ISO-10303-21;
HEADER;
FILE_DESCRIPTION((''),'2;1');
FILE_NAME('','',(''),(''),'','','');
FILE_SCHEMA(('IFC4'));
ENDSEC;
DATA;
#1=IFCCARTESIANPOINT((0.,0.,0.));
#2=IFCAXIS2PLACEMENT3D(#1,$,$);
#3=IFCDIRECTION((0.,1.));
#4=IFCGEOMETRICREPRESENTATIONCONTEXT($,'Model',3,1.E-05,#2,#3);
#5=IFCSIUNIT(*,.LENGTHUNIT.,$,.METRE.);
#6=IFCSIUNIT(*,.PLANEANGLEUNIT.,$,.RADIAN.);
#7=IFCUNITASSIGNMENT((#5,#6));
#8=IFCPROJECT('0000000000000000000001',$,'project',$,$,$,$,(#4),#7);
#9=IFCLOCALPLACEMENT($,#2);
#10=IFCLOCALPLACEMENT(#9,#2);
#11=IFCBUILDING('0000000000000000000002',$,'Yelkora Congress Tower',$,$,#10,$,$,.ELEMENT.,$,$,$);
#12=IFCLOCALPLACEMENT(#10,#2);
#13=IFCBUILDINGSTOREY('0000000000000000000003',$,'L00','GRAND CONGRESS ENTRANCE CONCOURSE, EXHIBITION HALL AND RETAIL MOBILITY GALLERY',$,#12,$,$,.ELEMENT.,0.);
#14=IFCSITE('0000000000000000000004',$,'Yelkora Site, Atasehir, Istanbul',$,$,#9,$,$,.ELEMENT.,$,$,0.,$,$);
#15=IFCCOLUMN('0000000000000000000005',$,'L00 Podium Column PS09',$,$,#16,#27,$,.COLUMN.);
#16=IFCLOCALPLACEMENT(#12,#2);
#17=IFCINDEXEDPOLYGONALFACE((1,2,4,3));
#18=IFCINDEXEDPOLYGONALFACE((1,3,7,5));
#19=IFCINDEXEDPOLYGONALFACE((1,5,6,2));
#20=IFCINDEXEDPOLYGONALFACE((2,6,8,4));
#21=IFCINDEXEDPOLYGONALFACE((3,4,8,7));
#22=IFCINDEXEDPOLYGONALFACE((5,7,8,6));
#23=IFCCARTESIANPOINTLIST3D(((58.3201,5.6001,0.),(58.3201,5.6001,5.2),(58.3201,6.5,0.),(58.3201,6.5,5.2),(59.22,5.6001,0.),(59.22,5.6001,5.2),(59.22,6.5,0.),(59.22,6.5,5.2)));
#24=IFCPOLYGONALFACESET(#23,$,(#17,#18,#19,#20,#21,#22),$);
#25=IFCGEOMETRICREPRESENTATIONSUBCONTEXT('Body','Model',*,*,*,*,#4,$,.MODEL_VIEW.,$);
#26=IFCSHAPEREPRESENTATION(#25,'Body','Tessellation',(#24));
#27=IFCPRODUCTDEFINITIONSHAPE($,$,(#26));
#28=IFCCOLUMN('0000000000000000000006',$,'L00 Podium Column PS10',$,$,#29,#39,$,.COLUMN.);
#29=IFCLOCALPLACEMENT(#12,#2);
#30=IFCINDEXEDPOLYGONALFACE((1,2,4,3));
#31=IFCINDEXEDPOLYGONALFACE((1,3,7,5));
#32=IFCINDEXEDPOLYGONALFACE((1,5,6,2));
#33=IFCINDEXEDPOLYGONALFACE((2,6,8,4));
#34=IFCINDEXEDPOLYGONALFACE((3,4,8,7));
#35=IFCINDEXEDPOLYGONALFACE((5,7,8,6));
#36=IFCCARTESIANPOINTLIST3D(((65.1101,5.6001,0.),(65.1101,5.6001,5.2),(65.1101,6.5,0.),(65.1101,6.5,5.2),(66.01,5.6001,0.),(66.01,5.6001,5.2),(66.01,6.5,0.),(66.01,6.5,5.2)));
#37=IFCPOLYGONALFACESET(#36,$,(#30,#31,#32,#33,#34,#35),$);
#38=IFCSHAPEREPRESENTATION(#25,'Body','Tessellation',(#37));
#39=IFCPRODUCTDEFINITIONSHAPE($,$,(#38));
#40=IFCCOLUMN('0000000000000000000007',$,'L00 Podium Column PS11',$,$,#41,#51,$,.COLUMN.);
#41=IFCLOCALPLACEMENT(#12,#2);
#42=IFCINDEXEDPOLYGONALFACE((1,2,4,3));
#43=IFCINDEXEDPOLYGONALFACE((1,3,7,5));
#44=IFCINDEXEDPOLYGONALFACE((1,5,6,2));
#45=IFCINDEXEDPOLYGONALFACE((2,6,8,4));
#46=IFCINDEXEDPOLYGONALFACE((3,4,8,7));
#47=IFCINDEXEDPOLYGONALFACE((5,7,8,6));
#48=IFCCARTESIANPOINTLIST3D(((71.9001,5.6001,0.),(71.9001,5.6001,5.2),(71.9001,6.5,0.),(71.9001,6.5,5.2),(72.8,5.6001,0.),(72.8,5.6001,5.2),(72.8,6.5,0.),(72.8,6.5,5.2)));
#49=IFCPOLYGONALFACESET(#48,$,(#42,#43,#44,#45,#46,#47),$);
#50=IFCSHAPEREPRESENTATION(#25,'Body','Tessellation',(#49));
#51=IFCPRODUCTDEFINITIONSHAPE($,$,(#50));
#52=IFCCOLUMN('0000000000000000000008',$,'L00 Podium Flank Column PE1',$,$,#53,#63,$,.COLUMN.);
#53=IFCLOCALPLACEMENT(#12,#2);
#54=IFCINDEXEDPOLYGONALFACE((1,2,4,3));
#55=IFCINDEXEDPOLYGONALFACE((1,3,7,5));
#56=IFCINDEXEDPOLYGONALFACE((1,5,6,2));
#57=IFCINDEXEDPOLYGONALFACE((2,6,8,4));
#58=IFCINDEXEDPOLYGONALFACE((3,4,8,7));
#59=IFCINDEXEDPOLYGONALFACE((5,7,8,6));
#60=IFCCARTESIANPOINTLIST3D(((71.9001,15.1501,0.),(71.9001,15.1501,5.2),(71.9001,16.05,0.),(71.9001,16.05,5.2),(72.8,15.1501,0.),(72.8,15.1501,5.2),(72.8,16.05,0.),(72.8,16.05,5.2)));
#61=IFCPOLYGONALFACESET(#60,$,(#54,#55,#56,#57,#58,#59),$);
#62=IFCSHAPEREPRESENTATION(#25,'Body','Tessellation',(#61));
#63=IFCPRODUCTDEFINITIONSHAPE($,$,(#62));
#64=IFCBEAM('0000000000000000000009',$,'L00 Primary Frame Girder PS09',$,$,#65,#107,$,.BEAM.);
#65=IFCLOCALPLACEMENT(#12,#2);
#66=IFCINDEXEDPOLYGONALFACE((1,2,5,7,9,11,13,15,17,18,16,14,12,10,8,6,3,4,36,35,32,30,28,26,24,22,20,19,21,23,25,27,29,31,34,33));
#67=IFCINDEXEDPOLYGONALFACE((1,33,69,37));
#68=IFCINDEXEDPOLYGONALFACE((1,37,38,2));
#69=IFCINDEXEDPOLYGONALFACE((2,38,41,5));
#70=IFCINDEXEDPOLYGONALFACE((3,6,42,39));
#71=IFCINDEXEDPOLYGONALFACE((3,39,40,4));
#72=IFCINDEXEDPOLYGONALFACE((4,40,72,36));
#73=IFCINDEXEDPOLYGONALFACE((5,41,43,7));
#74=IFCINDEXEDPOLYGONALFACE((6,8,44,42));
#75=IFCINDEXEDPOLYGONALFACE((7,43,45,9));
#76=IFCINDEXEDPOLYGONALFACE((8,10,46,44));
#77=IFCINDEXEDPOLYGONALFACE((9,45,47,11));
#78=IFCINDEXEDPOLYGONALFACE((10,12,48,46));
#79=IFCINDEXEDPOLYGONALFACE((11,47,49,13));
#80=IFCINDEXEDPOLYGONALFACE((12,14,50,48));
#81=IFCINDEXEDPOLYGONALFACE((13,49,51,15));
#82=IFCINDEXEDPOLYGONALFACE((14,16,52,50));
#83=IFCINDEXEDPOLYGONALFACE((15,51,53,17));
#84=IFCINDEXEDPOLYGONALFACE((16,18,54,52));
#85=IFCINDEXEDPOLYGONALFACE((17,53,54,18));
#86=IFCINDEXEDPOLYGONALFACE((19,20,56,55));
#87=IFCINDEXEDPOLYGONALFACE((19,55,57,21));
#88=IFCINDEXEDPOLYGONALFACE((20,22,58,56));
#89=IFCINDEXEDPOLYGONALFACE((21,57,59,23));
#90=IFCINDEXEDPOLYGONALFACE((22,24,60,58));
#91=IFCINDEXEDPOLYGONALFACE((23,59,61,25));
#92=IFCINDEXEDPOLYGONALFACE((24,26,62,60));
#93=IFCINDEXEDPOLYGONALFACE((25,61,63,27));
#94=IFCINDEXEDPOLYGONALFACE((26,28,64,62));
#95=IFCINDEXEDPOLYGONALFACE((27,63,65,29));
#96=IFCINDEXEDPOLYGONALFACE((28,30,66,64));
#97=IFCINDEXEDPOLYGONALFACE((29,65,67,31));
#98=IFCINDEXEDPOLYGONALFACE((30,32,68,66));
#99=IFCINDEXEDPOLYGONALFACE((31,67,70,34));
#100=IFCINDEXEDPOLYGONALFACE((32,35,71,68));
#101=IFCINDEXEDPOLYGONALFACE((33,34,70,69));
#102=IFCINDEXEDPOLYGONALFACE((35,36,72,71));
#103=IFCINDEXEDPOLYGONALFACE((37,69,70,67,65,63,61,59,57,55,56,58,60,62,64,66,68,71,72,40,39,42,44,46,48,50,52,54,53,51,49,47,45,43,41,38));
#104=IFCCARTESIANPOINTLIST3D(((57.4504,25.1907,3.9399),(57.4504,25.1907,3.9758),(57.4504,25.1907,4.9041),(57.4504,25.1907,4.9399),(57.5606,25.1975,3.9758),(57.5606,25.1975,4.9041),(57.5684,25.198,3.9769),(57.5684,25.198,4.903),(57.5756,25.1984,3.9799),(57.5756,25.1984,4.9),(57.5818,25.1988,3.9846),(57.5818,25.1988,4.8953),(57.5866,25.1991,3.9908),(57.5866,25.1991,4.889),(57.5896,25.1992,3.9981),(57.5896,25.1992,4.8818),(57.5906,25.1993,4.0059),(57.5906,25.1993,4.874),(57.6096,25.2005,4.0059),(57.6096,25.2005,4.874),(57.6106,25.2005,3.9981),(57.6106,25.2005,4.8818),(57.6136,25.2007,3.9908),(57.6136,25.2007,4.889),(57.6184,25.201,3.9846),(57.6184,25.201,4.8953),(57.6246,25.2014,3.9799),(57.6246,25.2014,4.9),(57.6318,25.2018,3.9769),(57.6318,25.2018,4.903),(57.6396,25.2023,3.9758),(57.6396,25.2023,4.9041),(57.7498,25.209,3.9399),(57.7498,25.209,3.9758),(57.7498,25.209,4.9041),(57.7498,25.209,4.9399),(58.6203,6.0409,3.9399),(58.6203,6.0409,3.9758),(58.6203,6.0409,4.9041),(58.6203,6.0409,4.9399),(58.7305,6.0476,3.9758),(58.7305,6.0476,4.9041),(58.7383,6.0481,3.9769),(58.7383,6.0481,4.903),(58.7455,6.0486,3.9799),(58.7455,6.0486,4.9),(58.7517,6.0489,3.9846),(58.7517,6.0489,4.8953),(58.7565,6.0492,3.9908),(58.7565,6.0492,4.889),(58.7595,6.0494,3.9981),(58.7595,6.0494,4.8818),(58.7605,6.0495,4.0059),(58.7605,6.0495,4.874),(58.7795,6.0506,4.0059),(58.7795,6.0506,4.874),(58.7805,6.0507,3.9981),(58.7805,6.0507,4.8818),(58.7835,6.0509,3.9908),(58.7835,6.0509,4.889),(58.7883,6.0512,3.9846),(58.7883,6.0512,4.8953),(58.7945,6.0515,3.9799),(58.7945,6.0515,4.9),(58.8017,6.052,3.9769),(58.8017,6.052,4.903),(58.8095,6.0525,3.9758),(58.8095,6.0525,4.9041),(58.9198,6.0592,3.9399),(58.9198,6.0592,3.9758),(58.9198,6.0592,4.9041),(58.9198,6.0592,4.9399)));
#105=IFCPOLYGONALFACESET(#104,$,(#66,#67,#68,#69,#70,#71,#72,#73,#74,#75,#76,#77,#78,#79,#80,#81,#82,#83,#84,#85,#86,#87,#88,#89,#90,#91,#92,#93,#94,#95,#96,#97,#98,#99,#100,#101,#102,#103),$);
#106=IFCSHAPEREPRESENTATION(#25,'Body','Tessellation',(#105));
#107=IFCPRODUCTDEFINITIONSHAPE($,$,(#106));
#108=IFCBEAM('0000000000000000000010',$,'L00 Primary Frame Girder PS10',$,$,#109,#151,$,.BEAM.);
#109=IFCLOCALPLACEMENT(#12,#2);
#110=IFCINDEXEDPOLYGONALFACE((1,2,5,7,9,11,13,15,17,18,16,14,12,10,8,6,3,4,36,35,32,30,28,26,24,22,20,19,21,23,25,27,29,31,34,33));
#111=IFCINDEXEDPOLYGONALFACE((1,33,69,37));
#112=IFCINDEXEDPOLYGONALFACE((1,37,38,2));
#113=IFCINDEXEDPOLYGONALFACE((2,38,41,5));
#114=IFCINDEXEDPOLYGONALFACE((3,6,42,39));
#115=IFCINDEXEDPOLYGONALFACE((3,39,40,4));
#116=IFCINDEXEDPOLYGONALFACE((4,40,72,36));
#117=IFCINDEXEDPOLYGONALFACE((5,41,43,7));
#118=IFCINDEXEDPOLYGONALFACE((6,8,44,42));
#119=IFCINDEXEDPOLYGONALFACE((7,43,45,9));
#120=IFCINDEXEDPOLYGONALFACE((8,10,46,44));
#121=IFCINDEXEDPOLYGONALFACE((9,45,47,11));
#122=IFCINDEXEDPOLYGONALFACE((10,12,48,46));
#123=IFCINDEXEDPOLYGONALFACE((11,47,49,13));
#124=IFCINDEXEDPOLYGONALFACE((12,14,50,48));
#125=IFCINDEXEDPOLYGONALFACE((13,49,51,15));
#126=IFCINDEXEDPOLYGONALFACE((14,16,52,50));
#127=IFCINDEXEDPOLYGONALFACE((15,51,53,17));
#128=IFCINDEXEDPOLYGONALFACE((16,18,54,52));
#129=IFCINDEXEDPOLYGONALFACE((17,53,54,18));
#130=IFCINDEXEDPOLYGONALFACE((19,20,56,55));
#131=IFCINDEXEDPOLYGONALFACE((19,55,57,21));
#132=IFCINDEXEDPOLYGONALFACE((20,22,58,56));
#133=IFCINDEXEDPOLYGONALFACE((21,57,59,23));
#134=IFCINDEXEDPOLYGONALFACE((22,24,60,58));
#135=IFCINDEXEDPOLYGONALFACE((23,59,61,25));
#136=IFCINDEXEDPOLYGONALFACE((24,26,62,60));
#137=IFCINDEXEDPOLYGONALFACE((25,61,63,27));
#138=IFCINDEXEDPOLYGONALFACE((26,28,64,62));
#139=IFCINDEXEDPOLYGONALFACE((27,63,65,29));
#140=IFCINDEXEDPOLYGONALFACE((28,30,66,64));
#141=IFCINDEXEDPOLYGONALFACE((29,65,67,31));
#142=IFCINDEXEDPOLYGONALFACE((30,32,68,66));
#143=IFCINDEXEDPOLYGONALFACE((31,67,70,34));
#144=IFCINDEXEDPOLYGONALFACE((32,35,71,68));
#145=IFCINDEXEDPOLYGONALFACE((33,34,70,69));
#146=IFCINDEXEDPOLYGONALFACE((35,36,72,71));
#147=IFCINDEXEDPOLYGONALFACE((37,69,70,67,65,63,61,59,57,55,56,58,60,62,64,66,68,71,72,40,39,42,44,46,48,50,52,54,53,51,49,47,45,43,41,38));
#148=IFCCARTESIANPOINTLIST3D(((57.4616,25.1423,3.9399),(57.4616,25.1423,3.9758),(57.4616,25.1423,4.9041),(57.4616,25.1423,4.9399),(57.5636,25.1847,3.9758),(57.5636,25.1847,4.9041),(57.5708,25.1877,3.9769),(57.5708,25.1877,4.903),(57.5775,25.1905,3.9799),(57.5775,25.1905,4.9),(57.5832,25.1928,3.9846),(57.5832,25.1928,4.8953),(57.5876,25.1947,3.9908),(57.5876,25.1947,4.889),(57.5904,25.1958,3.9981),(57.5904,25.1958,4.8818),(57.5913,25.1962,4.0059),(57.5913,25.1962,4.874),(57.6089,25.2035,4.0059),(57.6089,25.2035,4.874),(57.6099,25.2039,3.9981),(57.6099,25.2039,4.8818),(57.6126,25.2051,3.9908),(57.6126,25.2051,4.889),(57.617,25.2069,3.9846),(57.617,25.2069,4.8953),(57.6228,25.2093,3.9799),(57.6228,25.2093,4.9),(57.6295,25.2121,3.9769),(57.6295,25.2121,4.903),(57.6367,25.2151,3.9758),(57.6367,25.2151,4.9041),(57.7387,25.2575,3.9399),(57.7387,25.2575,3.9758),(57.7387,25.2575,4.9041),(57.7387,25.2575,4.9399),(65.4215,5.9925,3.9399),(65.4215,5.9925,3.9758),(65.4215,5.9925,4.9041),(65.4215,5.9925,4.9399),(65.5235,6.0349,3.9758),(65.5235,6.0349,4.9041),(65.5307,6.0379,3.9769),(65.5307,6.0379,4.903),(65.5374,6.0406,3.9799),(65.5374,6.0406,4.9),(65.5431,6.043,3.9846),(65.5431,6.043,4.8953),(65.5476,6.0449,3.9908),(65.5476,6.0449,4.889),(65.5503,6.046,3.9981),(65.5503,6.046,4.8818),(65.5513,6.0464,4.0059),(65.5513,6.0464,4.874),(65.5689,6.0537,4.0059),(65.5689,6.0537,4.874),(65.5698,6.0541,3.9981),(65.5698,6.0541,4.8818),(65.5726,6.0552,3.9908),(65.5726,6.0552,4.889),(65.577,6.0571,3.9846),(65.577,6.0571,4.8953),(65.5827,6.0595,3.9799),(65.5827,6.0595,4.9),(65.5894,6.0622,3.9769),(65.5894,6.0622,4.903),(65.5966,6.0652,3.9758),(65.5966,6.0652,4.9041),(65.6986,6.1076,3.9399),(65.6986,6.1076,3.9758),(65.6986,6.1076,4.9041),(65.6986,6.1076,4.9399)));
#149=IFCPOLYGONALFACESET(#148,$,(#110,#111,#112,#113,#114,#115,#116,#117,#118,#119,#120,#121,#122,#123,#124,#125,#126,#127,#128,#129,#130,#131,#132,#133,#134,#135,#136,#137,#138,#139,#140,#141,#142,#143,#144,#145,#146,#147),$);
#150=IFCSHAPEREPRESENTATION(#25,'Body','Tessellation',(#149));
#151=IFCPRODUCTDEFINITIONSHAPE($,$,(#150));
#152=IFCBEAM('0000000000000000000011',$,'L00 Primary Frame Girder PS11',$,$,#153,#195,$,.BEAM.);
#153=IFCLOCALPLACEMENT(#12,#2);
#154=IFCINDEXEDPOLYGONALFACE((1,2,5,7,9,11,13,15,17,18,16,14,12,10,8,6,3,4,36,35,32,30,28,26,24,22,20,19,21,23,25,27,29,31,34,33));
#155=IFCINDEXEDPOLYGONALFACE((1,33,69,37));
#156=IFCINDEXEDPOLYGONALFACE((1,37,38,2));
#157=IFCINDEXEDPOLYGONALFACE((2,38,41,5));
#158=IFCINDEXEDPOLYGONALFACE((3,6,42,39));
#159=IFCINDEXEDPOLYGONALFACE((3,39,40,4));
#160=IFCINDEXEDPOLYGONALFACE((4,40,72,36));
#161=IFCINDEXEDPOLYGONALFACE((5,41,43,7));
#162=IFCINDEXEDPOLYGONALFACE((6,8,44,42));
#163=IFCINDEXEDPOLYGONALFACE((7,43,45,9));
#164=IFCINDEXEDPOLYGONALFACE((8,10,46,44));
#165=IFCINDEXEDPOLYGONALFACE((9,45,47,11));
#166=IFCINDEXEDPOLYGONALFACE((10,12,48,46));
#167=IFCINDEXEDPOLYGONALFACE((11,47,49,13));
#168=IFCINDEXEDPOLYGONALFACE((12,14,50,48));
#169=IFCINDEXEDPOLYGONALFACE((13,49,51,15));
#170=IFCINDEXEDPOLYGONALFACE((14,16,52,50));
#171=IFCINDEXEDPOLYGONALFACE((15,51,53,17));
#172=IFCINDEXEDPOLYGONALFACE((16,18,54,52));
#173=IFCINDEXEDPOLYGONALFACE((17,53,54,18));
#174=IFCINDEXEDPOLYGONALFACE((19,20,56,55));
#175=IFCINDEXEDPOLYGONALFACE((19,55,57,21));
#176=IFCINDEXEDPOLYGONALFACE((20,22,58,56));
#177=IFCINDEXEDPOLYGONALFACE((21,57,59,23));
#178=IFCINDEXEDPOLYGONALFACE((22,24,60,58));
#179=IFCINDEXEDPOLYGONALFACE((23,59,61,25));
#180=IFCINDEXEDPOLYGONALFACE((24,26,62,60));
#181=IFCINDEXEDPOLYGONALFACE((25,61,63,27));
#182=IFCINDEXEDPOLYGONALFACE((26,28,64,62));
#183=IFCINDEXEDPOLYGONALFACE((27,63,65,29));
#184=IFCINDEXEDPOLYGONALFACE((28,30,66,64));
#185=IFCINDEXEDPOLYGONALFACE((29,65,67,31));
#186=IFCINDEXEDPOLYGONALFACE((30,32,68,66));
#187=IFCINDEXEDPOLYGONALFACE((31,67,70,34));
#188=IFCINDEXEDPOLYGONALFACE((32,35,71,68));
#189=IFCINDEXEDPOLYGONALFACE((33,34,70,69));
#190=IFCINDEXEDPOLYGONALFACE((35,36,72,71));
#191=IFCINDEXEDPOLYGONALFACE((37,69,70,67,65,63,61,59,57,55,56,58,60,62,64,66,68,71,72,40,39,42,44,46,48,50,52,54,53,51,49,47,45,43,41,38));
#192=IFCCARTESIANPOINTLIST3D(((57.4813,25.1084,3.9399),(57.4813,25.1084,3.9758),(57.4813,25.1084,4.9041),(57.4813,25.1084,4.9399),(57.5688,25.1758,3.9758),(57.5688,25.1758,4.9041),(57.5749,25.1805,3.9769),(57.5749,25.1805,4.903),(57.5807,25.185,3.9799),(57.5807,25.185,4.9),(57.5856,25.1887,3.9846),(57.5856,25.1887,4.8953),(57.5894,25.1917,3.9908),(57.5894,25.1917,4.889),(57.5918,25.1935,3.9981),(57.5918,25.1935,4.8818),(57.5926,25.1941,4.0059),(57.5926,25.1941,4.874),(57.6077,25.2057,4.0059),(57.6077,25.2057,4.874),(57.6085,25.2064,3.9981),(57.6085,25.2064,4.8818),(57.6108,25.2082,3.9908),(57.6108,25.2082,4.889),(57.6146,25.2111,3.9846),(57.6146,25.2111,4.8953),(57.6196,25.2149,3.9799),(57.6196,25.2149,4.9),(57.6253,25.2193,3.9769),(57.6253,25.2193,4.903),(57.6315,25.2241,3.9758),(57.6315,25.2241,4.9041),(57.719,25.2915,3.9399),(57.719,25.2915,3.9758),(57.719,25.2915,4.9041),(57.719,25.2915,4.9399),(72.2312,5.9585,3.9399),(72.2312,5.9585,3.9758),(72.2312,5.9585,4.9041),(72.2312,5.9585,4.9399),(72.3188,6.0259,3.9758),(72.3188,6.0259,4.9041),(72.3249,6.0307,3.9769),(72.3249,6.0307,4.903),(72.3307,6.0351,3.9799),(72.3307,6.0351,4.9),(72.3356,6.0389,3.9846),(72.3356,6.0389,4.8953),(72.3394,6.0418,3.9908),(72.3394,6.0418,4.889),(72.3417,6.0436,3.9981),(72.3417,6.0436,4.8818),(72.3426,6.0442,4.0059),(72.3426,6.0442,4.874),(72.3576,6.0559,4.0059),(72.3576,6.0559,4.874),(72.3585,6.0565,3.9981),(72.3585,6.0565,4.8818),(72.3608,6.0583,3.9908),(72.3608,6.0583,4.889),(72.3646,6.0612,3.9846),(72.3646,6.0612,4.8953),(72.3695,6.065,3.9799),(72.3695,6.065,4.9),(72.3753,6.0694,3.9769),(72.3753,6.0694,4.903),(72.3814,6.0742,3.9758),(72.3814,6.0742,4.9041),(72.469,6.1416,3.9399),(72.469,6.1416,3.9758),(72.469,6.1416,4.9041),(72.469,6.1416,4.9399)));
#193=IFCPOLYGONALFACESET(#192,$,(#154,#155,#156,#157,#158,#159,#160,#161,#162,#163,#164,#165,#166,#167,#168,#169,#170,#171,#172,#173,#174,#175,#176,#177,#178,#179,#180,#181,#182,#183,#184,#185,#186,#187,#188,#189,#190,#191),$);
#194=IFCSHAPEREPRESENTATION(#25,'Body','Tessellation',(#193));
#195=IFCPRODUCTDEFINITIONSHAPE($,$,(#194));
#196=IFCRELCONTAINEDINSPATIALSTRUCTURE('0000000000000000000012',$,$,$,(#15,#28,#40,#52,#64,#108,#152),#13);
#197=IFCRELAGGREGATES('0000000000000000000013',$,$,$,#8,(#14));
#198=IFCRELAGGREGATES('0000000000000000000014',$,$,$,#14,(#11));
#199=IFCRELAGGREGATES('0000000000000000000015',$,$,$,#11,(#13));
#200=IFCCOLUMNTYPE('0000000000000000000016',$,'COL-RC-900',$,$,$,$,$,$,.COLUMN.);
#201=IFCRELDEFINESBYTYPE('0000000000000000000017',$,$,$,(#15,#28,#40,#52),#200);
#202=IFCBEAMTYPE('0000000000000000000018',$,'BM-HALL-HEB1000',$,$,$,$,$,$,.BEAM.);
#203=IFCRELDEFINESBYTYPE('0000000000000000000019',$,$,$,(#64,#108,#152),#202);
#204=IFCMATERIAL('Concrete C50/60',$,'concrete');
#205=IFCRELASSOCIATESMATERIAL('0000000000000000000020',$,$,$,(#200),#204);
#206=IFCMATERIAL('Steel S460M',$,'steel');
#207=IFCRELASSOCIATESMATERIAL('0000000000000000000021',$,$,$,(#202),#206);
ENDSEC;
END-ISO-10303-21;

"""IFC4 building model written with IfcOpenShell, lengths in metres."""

from ifc_helpers import new_model, si_unit, direction, frame, origin, origin_2d, place, context, subcontext, project, spatial, rectangle, i_section, extrude, material, material_profile, profile_set, type_object, element, save


model = new_model("IFC4")

# Units and contexts
model_context = context("Model", 3, precision=1e-05, world=origin(), true_north=direction((0.0, 1.0)))
body_context = subcontext(model_context, "Body", "Model", "MODEL_VIEW")
ifc_project = project(units=[si_unit("LENGTHUNIT", "METRE"), si_unit("PLANEANGLEUNIT", "RADIAN")], contexts=[model_context])

# Site, building, storey
site_placement = place(None, origin())
site = spatial("IfcSite", under=ifc_project, at=site_placement, Name="Yelkora Site, Atasehir, Istanbul", CompositionType="ELEMENT", RefElevation=0.0)
building_placement = place(site_placement, origin())
building = spatial("IfcBuilding", under=site, at=building_placement, Name="Yelkora Congress Tower", CompositionType="ELEMENT")
storey_placement = place(building_placement, origin())
storey = spatial("IfcBuildingStorey", under=building, at=storey_placement, Name="L00", Description="GRAND CONGRESS ENTRANCE CONCOURSE, EXHIBITION HALL AND RETAIL MOBILITY GALLERY", CompositionType="ELEMENT", Elevation=0.0)

# Columns
ifc_material_1 = material(Name="Concrete C50/60", Category="concrete")
ifc_material_profile_1 = material_profile(ifc_material_1, rectangle(XDim=0.8999, YDim=0.8999, at=origin_2d()), Name="RC 900x900")
ifc_profile_set_1 = profile_set([ifc_material_profile_1], Name="Concrete C50/60")
column_type = type_object("IfcColumnType", Name="COL-RC-900", PredefinedType="COLUMN", material=ifc_profile_set_1)
for number, where, z_axis, x_axis, name in (
    (1, (58.77, 6.05, 0.0), (0.0, 0.0, 1.0), (1.0, 0.0, 0.0), "L00 Podium Column PS09"),
    (2, (65.5601, 6.05, 0.0), (0.0, 0.0, 1.0), (1.0, 0.0, 0.0), "L00 Podium Column PS10"),
    (3, (72.3501, 6.05, 0.0), (0.0, 0.0, 1.0), (1.0, 0.0, 0.0), "L00 Podium Column PS11"),
    (4, (72.3501, 15.6001, 0.0), (0.0, 0.0, 1.0), (1.0, 0.0, 0.0), "L00 Podium Flank Column PE1"),
):
    element("IfcColumn", number, at=place(storey_placement, frame(where, z_axis=z_axis, x_axis=x_axis)), inside=storey, type_object=column_type, Name=name, PredefinedType="COLUMN", context=body_context, shape_type="SweptSolid", body=[
        extrude(rectangle(XDim=0.8999, YDim=0.8999, at=origin_2d()), origin(), (0.0, 0.0, 1.0), 5.2),
    ])

# Beams
ifc_material_2 = material(Name="Steel S460M", Category="steel")
ifc_material_profile_2 = material_profile(ifc_material_2, i_section(OverallWidth=0.3, OverallDepth=1.0, WebThickness=0.019, FlangeThickness=0.0359, FilletRadius=0.03, at=origin_2d()), Name="HEB 1000")
ifc_profile_set_2 = profile_set([ifc_material_profile_2], Name="Steel S460M")
beam_type_1 = type_object("IfcBeamType", Name="BM-HALL-HEB1000", PredefinedType="BEAM", material=ifc_profile_set_2)
beam_1_placement = place(storey_placement, frame((58.77, 6.05, 4.4399), z_axis=(-0.060979, 0.998139, 0.0), x_axis=(-0.998139, -0.060979, 0.0)))
element("IfcBeam", 5, at=beam_1_placement, inside=storey, type_object=beam_type_1, Name="L00 Primary Frame Girder PS09", PredefinedType="BEAM", context=body_context, shape_type="SweptSolid", body=[
    extrude(i_section(OverallWidth=0.3, OverallDepth=1.0, WebThickness=0.019, FlangeThickness=0.0359, FilletRadius=0.03, at=origin_2d()), origin(), (0.0, 0.0, 1.0), 19.1855),
])
beam_2_placement = place(storey_placement, frame((65.5601, 6.05, 4.4399), z_axis=(-0.383828, 0.923405, 0.0), x_axis=(-0.923405, -0.383828, 0.0)))
element("IfcBeam", 6, at=beam_2_placement, inside=storey, type_object=beam_type_1, Name="L00 Primary Frame Girder PS10", PredefinedType="BEAM", context=body_context, shape_type="SweptSolid", body=[
    extrude(i_section(OverallWidth=0.3, OverallDepth=1.0, WebThickness=0.019, FlangeThickness=0.0359, FilletRadius=0.03, at=origin_2d()), origin(), (0.0, 0.0, 1.0), 20.7383),
])
beam_3_placement = place(storey_placement, frame((72.3501, 6.05, 4.4399), z_axis=(-0.610212, 0.792238, 0.0), x_axis=(-0.792238, -0.610212, 0.0)))
element("IfcBeam", 7, at=beam_3_placement, inside=storey, type_object=beam_type_1, Name="L00 Primary Frame Girder PS11", PredefinedType="BEAM", context=body_context, shape_type="SweptSolid", body=[
    extrude(i_section(OverallWidth=0.3, OverallDepth=1.0, WebThickness=0.019, FlangeThickness=0.0359, FilletRadius=0.03, at=origin_2d()), origin(), (0.0, 0.0, 1.0), 24.1719),
])

save(model, "model.ifc")
